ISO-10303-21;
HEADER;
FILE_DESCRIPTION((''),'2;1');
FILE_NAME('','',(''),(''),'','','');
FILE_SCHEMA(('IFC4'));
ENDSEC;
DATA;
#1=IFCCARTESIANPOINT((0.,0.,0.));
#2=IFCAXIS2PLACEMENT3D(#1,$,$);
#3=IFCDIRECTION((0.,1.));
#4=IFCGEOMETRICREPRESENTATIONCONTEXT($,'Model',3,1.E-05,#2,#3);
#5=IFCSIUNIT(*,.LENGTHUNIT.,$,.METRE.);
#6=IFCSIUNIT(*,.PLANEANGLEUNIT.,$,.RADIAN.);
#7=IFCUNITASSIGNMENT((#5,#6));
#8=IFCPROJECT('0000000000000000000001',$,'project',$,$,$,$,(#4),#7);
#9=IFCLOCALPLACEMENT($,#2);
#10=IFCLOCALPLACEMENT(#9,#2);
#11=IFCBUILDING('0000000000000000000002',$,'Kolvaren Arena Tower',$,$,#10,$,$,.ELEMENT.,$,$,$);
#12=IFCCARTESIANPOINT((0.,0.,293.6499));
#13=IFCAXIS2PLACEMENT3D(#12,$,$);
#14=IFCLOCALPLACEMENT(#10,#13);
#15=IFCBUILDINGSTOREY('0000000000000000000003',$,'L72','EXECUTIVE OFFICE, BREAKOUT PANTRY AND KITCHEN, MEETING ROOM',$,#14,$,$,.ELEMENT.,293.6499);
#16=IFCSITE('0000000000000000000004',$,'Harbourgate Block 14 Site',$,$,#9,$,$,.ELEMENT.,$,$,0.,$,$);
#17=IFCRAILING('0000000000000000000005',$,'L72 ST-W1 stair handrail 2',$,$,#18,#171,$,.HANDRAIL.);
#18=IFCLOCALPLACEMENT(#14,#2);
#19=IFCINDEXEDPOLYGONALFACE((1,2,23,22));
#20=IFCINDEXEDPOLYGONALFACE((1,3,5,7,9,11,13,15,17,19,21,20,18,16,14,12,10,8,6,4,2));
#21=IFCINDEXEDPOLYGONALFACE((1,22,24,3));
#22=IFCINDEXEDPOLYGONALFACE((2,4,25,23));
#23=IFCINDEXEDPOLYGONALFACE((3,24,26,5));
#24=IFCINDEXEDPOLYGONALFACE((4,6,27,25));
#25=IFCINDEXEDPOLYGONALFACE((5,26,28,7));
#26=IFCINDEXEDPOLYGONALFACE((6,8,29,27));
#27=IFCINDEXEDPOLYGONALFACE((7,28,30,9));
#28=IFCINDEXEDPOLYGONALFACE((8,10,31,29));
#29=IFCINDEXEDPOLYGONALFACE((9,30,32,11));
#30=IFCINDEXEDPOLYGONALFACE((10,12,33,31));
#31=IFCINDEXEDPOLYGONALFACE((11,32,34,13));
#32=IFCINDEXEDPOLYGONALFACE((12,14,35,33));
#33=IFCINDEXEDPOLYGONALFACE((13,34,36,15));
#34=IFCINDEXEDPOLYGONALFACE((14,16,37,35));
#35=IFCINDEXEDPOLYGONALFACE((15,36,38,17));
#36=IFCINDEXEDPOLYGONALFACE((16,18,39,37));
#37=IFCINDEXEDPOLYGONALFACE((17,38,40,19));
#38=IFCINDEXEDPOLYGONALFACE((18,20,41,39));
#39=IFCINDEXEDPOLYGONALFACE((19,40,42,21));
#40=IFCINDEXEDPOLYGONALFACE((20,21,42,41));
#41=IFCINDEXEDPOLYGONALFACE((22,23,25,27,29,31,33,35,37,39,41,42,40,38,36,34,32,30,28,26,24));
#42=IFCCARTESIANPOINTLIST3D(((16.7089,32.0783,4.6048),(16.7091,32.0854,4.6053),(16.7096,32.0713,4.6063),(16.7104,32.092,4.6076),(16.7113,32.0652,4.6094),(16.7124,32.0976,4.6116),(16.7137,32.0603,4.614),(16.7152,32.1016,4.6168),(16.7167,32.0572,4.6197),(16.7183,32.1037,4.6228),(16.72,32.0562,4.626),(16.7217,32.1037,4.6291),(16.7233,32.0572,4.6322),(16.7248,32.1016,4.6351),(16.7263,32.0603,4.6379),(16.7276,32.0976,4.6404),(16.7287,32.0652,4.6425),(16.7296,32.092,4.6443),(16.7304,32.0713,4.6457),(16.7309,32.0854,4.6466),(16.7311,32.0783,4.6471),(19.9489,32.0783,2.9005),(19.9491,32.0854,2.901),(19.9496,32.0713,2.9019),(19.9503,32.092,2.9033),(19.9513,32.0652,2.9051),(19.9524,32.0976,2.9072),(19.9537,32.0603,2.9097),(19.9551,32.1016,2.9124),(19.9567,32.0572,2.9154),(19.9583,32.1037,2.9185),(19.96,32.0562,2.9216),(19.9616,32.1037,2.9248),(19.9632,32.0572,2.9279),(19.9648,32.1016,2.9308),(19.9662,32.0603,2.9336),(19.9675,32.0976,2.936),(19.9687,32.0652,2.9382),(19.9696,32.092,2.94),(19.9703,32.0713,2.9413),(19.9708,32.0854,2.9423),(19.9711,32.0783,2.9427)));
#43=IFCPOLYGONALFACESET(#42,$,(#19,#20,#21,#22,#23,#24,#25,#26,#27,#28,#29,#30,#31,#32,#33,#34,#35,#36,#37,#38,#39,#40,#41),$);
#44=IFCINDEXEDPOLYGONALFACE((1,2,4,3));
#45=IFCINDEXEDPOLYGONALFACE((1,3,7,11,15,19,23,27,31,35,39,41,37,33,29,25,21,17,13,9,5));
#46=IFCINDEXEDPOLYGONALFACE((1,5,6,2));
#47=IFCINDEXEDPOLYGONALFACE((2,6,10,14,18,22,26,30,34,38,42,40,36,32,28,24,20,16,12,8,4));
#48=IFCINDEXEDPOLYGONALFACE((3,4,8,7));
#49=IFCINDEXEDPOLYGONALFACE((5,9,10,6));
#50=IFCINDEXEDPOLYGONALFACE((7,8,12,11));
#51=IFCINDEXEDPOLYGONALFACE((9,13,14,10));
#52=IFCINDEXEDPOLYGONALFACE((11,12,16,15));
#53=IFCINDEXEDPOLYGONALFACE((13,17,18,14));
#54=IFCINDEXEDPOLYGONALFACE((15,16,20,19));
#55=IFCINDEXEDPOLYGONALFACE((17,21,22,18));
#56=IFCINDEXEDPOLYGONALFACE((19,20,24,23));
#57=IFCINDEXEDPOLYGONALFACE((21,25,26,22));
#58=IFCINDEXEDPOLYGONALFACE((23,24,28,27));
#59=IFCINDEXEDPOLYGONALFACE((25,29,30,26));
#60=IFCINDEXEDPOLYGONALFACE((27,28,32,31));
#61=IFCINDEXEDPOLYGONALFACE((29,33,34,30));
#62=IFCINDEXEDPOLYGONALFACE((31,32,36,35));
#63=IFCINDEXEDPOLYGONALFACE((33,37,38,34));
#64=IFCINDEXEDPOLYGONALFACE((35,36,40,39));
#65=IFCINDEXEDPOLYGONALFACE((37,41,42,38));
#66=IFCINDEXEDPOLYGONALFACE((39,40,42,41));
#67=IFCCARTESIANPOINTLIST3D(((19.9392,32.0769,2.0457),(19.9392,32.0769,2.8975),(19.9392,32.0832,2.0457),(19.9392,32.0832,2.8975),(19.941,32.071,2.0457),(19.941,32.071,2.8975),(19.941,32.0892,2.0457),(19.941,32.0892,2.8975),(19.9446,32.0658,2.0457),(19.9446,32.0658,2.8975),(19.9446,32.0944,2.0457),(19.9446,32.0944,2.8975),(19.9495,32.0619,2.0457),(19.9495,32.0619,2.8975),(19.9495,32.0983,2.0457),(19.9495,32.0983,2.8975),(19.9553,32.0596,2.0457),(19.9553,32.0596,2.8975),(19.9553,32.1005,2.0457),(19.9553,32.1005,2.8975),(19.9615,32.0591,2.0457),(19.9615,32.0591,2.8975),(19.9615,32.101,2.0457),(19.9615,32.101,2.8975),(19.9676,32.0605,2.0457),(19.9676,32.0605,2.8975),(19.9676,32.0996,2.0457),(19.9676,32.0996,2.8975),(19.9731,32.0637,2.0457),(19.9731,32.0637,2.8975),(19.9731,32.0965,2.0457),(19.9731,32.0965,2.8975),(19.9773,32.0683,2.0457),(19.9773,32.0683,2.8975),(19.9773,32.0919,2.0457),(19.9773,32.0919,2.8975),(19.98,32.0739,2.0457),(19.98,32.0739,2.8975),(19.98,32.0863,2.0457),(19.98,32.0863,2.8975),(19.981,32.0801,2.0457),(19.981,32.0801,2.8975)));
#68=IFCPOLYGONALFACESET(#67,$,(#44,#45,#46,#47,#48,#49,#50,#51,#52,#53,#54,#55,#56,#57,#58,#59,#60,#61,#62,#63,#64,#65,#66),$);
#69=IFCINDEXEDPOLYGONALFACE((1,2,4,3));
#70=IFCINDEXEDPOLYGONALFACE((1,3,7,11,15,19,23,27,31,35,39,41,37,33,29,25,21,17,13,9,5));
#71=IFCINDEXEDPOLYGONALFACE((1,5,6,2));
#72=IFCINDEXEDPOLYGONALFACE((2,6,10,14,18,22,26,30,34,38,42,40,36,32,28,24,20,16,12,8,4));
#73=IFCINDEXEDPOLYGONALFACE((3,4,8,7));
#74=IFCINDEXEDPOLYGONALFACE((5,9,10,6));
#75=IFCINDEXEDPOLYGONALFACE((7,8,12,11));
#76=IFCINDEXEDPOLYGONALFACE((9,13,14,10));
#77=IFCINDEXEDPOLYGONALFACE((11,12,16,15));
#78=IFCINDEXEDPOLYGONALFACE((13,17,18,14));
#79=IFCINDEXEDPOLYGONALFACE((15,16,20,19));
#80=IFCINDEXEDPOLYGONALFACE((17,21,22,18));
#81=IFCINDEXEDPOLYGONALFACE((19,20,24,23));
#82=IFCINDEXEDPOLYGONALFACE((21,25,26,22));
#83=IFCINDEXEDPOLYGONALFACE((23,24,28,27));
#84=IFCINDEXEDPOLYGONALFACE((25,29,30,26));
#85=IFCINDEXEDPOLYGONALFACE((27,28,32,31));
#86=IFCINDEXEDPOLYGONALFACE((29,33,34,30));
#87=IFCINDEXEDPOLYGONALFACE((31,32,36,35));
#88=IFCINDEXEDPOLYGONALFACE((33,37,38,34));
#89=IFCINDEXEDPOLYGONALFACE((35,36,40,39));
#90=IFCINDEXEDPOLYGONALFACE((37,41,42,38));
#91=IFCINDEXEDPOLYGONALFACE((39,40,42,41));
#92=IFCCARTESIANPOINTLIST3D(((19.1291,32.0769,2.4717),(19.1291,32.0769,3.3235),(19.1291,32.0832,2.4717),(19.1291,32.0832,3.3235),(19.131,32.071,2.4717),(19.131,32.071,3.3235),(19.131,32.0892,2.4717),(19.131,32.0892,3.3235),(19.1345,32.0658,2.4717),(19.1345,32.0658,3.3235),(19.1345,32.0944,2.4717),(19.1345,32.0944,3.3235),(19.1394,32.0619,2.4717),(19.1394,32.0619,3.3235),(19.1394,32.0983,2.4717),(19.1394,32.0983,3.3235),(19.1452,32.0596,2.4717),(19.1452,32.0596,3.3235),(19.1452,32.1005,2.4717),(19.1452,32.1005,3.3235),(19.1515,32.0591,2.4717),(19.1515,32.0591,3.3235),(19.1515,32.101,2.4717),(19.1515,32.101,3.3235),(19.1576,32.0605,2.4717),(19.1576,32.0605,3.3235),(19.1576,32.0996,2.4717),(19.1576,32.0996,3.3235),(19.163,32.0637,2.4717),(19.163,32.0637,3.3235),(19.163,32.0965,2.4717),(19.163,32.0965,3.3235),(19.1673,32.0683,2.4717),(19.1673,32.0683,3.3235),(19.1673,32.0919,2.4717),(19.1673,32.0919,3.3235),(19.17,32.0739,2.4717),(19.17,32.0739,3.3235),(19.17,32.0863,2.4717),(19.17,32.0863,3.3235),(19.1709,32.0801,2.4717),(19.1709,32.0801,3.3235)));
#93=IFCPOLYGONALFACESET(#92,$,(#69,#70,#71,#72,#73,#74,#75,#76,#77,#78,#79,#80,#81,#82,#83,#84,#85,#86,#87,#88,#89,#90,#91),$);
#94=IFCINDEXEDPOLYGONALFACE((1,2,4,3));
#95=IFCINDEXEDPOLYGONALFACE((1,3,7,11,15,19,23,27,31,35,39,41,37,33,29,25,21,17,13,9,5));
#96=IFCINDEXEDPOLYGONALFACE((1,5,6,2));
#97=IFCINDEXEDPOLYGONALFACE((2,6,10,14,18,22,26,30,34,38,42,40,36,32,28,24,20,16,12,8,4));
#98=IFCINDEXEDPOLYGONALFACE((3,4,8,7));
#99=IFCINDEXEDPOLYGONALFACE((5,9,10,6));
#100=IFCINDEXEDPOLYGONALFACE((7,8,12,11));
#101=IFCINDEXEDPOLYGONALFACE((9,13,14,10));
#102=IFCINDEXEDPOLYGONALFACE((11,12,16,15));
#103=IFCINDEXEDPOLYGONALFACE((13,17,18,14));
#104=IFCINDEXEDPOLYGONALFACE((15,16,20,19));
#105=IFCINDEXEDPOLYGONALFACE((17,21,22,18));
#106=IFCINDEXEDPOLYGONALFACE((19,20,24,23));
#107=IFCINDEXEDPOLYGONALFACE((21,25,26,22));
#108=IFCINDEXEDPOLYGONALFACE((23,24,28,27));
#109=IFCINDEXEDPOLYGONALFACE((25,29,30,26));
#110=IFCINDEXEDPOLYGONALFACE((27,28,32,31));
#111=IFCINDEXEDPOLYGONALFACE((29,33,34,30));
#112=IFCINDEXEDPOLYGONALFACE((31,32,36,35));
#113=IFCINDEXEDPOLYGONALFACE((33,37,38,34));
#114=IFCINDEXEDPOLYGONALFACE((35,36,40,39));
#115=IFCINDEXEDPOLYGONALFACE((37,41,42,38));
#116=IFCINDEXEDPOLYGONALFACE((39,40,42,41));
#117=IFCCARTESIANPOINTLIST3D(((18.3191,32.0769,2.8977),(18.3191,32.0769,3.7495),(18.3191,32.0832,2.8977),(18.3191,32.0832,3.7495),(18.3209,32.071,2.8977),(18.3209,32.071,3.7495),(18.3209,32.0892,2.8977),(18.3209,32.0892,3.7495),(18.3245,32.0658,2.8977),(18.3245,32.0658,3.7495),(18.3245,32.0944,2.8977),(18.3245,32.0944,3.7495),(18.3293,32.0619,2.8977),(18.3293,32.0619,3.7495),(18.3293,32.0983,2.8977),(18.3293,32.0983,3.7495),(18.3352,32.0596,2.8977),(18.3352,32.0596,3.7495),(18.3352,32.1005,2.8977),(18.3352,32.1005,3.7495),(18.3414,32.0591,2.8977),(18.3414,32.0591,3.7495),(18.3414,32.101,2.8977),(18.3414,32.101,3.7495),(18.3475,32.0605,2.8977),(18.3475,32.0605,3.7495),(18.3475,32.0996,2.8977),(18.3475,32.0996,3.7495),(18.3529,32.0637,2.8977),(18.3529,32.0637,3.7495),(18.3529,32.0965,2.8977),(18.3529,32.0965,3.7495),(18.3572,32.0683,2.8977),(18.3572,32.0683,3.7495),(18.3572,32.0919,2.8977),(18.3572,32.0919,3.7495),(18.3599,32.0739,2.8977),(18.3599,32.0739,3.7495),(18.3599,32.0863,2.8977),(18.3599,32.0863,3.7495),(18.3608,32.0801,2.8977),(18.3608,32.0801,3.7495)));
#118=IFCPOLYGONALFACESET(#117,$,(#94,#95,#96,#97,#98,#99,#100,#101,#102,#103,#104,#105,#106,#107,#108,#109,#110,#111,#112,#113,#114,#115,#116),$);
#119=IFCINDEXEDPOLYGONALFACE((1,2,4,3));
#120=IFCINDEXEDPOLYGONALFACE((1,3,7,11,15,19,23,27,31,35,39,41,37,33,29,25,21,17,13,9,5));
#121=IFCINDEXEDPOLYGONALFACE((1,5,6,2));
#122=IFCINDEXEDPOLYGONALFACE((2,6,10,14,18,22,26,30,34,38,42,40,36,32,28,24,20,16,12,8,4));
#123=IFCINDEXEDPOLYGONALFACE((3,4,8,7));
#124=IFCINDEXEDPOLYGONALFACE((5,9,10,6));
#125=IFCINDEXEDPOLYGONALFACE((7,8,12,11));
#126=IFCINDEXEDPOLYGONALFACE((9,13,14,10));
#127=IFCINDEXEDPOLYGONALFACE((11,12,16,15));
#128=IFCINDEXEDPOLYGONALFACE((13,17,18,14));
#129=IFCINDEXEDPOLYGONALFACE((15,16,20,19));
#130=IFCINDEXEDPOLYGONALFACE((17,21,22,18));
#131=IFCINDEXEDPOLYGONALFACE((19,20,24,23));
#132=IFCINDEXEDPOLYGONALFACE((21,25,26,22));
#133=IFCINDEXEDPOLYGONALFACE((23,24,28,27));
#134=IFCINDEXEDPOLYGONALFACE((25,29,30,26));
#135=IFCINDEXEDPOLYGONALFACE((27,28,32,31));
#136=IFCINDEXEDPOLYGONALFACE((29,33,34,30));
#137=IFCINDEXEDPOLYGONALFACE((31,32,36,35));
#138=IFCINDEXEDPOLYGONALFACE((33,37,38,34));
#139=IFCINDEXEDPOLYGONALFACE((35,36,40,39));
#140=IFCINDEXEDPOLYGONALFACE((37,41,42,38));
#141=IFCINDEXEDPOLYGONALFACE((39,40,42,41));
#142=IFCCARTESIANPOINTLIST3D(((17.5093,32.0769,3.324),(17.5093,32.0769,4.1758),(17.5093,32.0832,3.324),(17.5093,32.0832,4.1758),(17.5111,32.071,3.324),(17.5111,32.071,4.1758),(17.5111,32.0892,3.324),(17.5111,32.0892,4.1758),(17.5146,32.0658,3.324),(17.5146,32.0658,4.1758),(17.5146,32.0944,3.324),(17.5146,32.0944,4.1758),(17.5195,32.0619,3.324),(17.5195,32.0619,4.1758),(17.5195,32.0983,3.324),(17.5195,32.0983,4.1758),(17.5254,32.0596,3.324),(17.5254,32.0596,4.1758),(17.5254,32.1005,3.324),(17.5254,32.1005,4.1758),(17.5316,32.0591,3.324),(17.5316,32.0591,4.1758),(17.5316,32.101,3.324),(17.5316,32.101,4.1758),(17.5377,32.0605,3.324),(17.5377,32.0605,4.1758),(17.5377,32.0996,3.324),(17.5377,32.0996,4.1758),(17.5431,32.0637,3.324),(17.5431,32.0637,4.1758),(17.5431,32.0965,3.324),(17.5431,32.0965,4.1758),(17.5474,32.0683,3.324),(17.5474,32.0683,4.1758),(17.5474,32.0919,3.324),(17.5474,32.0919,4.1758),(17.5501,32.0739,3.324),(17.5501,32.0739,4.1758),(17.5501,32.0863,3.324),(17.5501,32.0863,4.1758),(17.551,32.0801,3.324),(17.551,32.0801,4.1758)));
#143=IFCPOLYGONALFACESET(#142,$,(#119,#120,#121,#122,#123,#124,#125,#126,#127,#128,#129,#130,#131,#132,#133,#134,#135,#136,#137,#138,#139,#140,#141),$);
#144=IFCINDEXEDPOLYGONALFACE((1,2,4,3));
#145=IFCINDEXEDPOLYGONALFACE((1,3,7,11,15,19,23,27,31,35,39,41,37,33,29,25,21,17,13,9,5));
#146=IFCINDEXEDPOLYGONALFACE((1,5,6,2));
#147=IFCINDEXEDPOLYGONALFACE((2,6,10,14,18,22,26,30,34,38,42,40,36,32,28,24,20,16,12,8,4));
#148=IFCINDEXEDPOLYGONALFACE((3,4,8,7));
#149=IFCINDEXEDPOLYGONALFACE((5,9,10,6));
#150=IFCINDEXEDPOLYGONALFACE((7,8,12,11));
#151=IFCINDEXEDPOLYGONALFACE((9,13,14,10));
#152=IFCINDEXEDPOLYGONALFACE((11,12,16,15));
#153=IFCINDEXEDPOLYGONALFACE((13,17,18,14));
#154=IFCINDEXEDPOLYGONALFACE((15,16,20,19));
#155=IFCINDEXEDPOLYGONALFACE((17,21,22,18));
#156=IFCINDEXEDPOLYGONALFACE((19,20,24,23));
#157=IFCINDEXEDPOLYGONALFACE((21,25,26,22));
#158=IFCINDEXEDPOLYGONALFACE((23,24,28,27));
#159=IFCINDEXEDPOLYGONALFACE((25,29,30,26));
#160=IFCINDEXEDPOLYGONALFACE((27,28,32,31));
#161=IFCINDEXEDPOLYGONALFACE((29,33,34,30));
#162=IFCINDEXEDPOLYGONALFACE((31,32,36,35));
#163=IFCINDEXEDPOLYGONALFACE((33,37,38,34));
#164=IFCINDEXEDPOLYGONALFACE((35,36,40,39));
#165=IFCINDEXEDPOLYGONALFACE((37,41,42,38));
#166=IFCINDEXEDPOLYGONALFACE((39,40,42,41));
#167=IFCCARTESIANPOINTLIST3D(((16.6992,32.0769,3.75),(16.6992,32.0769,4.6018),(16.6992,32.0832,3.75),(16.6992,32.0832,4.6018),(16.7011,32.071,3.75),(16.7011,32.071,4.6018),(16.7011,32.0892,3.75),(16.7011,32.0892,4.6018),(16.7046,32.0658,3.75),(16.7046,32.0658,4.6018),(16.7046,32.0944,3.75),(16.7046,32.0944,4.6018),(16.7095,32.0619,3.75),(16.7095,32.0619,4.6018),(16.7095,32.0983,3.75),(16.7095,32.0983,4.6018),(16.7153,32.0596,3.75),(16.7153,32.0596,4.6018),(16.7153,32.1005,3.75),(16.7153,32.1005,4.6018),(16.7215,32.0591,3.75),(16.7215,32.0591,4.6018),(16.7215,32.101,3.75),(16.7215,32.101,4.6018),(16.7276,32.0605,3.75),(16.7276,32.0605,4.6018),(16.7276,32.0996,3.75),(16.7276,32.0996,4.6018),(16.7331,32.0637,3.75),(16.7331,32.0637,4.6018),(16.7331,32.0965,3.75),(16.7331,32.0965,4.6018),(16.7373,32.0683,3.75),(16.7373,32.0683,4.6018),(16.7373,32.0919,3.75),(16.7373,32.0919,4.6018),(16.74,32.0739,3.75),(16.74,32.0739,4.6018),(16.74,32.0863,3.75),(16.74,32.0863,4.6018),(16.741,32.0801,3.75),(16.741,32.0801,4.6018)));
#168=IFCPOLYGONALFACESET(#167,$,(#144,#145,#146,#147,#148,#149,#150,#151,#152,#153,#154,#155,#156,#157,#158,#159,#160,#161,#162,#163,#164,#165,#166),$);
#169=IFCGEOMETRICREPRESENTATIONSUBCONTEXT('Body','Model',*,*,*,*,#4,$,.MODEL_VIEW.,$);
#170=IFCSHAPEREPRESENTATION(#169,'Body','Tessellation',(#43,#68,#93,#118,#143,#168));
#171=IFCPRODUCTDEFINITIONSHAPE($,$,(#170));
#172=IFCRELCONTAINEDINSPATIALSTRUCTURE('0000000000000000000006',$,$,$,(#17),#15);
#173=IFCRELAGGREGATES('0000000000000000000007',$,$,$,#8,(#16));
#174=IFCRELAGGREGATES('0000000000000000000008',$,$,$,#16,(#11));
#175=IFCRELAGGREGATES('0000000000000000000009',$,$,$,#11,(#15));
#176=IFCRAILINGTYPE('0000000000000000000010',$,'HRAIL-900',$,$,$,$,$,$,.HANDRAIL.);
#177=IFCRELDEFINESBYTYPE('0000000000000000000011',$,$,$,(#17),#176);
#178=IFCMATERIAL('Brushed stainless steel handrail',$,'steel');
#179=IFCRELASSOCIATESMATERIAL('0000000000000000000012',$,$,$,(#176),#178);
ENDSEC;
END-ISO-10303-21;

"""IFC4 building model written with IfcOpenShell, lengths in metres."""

from ifc_helpers import new_model, si_unit, direction, frame, origin, origin_2d, place, context, subcontext, project, spatial, circle, extrude, material, type_object, element, save


model = new_model("IFC4")

# Units and contexts
model_context = context("Model", 3, precision=1e-05, world=origin(), true_north=direction((0.0, 1.0)))
body_context = subcontext(model_context, "Body", "Model", "MODEL_VIEW")
ifc_project = project(units=[si_unit("LENGTHUNIT", "METRE"), si_unit("PLANEANGLEUNIT", "RADIAN")], contexts=[model_context])

# Site, building, storey
site_placement = place(None, origin())
site = spatial("IfcSite", under=ifc_project, at=site_placement, Name="Harbourgate Block 14 Site", CompositionType="ELEMENT", RefElevation=0.0)
building_placement = place(site_placement, origin())
building = spatial("IfcBuilding", under=site, at=building_placement, Name="Kolvaren Arena Tower", CompositionType="ELEMENT")
storey_placement = place(building_placement, frame((0.0, 0.0, 293.6499)))
storey = spatial("IfcBuildingStorey", under=building, at=storey_placement, Name="L72", Description="EXECUTIVE OFFICE, BREAKOUT PANTRY AND KITCHEN, MEETING ROOM", CompositionType="ELEMENT", Elevation=293.6499)

# Railing
ifc_material_1 = material(Name="Brushed stainless steel handrail", Category="steel")
railing_type_1 = type_object("IfcRailingType", Name="HRAIL-900", PredefinedType="HANDRAIL", material=ifc_material_1)
railing_1_placement = place(storey_placement, frame((19.96, 32.0801, 2.0457)))
element("IfcRailing", 1, at=railing_1_placement, inside=storey, type_object=railing_type_1, Name="L72 ST-W1 stair handrail 2", PredefinedType="HANDRAIL", context=body_context, shape_type="SweptSolid", body=[
    extrude(circle(Radius=0.0239, at=origin_2d()), frame((0.0, 0.0, 0.876), z_axis=(-0.885021, 0.0, 0.465551), x_axis=(0.0, -1.0, 0.0)), (0.0, 0.0, 1.0), 3.6609),
    extrude(circle(Radius=0.021, at=origin_2d()), origin(), (0.0, 0.0, 1.0), 0.8518),
    extrude(circle(Radius=0.021, at=origin_2d()), frame((-0.8101, 0.0, 0.426)), (0.0, 0.0, 1.0), 0.8518),
    extrude(circle(Radius=0.021, at=origin_2d()), frame((-1.6201, 0.0, 0.8521)), (0.0, 0.0, 1.0), 0.8518),
    extrude(circle(Radius=0.021, at=origin_2d()), frame((-2.4299, 0.0, 1.2783)), (0.0, 0.0, 1.0), 0.8518),
    extrude(circle(Radius=0.021, at=origin_2d()), frame((-3.24, 0.0, 1.7043)), (0.0, 0.0, 1.0), 0.8518),
])

save(model, "model.ifc")
